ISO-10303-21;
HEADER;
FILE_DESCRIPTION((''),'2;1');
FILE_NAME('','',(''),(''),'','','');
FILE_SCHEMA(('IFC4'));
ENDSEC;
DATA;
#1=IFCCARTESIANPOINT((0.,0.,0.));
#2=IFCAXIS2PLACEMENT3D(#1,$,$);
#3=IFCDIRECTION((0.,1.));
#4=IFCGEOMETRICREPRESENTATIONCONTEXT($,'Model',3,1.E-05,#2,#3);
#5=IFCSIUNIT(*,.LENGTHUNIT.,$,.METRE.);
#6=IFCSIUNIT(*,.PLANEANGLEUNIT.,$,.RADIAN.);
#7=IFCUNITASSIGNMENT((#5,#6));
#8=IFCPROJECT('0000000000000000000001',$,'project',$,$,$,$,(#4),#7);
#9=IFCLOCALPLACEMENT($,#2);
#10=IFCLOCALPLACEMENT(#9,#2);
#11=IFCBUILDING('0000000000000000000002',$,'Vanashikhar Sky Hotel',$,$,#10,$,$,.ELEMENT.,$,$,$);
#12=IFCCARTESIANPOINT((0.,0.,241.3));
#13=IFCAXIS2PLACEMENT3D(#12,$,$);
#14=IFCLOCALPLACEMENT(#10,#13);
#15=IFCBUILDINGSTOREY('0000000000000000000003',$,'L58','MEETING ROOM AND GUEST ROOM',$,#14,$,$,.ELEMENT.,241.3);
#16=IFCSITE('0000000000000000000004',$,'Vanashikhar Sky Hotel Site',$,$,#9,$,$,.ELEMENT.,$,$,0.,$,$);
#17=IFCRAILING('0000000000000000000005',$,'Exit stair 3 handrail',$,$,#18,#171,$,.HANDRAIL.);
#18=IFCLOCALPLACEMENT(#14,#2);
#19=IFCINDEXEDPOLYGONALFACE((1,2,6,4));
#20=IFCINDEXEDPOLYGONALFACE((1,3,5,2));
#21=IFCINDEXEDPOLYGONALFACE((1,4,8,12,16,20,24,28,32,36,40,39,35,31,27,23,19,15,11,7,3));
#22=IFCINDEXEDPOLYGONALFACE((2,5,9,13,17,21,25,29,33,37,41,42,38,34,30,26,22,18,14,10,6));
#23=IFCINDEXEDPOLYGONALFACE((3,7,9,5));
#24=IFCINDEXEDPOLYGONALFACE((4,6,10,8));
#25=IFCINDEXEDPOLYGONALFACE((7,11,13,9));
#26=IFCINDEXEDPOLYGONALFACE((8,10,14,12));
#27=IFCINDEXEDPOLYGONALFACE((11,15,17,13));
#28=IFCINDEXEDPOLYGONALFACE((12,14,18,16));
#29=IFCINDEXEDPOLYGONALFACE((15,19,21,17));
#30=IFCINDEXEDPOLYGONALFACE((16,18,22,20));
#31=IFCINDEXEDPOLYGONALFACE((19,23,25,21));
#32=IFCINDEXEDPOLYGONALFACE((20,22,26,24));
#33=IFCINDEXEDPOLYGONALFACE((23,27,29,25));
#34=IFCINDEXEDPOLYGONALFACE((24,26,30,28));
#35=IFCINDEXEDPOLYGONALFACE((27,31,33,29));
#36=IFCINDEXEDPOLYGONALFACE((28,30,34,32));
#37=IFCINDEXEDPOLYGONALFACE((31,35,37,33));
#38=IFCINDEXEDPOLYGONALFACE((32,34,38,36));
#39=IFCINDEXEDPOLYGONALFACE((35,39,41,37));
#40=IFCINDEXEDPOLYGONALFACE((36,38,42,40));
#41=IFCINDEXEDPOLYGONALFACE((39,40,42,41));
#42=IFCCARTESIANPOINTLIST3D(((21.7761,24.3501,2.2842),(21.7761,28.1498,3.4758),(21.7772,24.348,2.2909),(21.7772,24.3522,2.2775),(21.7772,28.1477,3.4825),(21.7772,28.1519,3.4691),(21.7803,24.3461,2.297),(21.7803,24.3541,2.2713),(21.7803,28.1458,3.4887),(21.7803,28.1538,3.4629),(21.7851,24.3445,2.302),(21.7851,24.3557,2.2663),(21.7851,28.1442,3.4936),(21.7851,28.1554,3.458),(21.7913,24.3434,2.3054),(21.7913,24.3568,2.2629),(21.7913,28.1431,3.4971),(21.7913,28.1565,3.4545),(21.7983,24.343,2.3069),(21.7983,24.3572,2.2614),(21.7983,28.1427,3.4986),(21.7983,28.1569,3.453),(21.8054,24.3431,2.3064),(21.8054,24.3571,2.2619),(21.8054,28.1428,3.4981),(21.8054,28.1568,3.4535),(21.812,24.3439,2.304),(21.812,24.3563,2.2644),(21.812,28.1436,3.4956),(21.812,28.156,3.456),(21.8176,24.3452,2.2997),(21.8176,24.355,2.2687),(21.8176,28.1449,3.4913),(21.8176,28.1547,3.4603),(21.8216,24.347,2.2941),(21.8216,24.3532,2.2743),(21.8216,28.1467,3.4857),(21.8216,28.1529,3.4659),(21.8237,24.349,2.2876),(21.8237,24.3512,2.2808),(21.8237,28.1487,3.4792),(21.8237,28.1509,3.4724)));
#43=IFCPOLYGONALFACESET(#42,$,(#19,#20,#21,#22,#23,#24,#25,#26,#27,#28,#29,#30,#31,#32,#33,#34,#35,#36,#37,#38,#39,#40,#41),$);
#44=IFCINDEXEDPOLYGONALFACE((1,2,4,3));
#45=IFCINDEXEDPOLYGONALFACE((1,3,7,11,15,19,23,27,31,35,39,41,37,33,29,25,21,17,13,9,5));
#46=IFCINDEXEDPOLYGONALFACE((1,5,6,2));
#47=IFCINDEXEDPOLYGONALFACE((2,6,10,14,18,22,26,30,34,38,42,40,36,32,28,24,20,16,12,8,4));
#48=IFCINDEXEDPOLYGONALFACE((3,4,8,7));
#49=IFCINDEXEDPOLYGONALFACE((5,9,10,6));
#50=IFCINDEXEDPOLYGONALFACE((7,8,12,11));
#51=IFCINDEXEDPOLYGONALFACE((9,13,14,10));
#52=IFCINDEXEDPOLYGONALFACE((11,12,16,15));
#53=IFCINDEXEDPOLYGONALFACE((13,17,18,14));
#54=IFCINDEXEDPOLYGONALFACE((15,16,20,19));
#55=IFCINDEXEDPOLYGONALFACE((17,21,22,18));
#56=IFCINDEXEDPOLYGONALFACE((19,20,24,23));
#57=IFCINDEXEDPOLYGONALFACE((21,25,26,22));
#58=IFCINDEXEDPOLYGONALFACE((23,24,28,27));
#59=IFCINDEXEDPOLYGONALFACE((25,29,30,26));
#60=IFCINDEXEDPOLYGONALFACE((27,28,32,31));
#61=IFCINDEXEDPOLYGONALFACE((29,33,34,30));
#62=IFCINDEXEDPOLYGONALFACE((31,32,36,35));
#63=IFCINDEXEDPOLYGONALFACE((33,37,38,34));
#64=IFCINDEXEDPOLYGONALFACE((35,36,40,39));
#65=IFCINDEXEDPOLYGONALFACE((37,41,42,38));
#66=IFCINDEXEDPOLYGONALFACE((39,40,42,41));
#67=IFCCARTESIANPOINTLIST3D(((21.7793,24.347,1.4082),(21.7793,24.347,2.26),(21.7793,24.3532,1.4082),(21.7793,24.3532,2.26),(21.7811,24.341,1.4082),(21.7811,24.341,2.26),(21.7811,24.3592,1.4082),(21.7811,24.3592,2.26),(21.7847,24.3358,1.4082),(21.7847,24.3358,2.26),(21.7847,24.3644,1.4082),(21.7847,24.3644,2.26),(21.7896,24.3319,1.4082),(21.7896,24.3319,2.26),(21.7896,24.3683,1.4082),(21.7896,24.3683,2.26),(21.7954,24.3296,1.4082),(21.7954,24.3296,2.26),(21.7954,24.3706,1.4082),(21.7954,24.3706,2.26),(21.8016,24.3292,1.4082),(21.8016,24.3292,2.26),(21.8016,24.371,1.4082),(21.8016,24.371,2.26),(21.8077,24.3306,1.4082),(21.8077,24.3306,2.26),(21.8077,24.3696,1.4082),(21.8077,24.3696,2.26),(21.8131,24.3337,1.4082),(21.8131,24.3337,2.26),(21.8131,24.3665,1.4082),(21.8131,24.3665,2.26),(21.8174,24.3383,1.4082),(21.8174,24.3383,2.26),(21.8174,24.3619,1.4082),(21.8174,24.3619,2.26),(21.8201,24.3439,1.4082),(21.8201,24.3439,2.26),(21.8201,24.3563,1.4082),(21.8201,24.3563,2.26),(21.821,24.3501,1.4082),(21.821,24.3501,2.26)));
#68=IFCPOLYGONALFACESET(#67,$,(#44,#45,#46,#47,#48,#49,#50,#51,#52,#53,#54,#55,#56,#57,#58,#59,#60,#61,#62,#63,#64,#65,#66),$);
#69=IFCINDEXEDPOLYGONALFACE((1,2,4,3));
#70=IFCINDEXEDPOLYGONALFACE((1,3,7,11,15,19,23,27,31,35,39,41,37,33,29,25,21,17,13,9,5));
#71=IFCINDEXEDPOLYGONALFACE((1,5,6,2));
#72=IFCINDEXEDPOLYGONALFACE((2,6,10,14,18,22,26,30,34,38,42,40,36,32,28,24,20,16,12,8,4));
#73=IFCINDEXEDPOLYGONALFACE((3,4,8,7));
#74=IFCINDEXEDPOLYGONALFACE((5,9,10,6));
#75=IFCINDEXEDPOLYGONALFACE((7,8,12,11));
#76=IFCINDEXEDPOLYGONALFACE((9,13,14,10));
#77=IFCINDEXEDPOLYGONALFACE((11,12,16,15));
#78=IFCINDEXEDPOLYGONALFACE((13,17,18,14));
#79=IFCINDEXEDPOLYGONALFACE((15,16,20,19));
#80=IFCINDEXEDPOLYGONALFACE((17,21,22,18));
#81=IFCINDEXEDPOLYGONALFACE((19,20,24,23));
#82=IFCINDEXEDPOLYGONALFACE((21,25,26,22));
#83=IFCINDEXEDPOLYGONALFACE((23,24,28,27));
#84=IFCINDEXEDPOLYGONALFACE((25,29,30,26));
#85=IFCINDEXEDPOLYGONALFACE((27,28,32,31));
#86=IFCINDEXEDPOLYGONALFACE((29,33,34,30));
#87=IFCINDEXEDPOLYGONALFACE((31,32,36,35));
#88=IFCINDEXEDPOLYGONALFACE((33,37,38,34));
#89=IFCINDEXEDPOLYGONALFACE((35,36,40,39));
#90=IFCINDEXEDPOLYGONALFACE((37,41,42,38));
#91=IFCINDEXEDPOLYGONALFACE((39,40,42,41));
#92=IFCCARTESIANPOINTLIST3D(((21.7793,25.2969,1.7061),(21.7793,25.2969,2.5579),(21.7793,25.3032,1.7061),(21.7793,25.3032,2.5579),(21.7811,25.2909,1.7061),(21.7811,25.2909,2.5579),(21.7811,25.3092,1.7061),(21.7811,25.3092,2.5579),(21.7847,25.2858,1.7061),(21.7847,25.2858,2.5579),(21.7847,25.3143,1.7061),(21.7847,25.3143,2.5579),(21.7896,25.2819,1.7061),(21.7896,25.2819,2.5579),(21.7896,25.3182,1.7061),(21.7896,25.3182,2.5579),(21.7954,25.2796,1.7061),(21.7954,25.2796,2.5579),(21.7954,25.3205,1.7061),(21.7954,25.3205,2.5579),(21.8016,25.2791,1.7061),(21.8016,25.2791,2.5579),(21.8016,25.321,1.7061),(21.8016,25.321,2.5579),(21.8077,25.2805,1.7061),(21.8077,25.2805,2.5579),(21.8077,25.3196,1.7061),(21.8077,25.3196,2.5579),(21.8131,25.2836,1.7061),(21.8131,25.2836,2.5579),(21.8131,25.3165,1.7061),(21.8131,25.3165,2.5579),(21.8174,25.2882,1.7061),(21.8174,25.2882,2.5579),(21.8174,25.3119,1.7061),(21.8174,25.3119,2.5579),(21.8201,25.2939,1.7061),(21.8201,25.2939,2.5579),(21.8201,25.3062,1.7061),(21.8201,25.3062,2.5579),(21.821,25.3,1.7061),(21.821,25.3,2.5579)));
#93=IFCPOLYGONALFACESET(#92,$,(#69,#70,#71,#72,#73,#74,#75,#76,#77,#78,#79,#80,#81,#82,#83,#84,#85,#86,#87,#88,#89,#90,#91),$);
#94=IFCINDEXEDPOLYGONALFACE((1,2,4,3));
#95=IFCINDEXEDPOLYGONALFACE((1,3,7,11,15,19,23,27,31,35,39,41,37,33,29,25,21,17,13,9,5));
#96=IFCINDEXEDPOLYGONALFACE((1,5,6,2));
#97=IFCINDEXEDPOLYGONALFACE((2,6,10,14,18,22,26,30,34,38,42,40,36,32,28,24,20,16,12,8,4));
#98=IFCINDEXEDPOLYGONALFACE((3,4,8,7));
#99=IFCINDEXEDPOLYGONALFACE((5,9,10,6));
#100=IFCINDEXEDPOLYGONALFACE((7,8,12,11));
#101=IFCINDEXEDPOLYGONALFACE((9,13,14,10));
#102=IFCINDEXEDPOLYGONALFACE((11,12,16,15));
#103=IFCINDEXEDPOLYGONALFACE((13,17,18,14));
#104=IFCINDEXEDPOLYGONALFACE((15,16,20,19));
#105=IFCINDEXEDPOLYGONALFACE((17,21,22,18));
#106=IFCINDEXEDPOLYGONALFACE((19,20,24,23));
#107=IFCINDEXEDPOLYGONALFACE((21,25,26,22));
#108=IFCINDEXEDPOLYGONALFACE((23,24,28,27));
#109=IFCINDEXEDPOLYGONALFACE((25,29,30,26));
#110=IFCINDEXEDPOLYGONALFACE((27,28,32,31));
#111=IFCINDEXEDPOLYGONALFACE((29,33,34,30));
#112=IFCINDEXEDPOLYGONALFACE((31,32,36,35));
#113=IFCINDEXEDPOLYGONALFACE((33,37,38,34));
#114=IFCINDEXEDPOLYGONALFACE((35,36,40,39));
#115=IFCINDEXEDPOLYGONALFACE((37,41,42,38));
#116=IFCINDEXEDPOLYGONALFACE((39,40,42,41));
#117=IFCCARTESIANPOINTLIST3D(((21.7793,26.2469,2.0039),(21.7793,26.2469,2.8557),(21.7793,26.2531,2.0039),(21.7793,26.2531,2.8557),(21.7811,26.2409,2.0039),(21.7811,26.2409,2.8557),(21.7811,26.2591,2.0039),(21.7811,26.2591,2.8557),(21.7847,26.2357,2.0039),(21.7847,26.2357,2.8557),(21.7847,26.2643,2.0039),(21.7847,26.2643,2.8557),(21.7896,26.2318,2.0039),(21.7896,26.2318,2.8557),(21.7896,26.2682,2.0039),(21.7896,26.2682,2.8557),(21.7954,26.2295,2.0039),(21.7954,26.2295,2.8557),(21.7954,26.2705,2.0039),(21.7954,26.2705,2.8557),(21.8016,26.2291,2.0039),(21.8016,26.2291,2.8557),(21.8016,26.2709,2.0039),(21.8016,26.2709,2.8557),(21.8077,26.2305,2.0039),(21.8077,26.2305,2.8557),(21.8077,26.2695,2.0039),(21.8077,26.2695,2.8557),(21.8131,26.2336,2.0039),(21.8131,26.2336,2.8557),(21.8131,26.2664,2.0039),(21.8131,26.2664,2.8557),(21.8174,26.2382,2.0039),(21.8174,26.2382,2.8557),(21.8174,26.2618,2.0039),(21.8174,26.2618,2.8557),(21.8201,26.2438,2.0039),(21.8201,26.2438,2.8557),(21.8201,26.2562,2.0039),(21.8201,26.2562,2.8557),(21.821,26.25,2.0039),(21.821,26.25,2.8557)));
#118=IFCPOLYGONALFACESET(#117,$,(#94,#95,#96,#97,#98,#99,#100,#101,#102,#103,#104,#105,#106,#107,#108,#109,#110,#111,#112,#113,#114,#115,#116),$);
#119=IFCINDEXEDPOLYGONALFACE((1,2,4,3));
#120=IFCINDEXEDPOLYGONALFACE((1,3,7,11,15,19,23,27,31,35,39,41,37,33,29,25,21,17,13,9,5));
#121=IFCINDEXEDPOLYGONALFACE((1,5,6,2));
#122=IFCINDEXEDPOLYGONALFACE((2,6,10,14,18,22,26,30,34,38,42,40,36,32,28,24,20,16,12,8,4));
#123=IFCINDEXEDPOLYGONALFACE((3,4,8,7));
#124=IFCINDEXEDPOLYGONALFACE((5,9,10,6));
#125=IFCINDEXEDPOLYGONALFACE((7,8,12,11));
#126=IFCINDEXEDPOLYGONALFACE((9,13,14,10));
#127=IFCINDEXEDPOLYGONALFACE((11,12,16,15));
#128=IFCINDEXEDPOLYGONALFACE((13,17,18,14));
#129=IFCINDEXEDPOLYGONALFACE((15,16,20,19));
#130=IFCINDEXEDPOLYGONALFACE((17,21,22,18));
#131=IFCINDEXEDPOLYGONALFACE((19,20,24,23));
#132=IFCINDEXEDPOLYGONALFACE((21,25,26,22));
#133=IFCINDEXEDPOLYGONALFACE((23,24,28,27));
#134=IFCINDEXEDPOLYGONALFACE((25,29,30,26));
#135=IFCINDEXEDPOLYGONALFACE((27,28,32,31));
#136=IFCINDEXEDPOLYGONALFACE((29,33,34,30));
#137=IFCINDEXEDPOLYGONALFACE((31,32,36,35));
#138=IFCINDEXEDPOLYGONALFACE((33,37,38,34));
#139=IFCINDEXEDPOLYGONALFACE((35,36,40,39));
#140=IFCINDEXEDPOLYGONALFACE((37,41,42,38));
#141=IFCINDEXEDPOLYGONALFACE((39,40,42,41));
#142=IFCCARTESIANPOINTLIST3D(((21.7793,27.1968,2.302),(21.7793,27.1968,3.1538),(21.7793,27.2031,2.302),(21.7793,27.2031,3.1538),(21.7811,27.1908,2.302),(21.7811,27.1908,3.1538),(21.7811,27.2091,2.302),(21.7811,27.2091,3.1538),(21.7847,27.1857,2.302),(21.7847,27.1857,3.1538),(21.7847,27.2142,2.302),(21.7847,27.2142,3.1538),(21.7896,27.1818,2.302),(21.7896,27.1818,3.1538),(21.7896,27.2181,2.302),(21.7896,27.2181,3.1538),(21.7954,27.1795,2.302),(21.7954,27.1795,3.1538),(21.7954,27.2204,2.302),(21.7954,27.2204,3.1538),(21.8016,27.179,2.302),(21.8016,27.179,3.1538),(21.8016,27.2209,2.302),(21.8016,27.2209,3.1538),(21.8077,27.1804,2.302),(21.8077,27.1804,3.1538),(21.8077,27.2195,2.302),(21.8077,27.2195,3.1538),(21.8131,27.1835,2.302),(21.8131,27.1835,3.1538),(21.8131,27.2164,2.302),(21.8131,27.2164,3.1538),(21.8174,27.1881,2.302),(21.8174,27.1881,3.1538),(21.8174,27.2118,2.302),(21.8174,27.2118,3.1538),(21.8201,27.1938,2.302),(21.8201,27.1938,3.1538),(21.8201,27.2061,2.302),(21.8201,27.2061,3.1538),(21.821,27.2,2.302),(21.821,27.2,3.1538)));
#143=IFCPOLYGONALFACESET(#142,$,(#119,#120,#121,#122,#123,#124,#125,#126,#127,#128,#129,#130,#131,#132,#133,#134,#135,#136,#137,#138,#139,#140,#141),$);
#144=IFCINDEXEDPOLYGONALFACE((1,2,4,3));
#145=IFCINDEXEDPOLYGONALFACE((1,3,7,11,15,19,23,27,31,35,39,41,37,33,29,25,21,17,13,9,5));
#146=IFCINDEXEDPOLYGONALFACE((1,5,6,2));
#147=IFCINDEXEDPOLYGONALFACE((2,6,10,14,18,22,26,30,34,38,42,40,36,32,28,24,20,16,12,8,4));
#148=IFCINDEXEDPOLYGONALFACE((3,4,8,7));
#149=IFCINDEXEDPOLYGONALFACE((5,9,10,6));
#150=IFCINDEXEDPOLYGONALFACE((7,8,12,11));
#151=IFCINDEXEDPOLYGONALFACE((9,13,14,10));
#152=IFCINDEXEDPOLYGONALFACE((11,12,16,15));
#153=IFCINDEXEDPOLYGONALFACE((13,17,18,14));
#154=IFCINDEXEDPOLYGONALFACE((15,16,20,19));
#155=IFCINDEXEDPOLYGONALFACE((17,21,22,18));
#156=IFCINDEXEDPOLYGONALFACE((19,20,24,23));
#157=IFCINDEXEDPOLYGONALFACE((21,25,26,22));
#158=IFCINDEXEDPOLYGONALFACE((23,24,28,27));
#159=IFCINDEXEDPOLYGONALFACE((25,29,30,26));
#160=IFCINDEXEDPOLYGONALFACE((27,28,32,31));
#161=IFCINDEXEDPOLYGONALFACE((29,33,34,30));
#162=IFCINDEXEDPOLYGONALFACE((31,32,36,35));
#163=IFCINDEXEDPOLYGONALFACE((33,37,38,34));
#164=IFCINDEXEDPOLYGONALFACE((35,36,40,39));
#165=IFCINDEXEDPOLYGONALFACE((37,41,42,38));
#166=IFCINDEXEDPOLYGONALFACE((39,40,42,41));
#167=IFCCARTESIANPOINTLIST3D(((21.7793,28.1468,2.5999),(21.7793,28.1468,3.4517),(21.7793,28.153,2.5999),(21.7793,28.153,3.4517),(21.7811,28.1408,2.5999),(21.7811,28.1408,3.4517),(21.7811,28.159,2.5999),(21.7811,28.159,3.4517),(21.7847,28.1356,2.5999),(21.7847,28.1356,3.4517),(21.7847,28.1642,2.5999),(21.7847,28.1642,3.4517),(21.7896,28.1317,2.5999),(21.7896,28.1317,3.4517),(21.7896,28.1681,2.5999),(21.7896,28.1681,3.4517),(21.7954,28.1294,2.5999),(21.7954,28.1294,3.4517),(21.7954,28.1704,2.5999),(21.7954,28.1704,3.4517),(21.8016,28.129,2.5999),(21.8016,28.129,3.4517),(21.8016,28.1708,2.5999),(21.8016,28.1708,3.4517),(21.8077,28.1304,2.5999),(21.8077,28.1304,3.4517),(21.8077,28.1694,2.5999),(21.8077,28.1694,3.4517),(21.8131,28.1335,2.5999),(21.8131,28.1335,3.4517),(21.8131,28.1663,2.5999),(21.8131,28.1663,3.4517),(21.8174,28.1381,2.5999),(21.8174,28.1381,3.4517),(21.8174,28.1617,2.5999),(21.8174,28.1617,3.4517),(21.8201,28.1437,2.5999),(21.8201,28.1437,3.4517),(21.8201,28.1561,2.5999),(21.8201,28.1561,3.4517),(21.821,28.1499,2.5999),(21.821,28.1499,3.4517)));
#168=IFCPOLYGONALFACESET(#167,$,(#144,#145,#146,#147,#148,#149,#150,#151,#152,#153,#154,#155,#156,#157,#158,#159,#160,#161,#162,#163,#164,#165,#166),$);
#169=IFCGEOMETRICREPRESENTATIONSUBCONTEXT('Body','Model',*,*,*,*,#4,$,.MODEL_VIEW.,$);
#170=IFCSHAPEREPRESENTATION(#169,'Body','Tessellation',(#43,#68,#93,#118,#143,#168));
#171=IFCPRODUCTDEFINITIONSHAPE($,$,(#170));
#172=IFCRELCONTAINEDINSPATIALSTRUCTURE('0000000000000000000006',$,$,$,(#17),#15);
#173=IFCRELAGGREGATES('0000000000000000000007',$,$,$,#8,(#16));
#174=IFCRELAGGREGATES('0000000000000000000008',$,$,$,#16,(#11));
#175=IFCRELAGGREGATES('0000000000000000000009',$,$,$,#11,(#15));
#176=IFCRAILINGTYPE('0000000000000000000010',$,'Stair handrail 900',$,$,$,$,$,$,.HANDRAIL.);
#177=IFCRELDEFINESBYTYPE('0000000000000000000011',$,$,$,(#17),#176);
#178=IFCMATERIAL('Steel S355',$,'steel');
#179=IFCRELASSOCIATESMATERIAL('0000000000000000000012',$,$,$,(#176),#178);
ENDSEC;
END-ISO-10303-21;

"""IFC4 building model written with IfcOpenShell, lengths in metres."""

from ifc_helpers import new_model, si_unit, direction, frame, origin, origin_2d, place, context, subcontext, project, spatial, circle, extrude, source, transform, mapped, material, type_object, element, save


model = new_model("IFC4")

# Units and contexts
model_context = context("Model", 3, precision=1e-05, world=origin(), true_north=direction((0.0, 1.0)))
body_context = subcontext(model_context, "Body", "Model", "MODEL_VIEW")
ifc_project = project(units=[si_unit("LENGTHUNIT", "METRE"), si_unit("PLANEANGLEUNIT", "RADIAN")], contexts=[model_context])

# Site, building, storey
site_placement = place(None, origin())
site = spatial("IfcSite", under=ifc_project, at=site_placement, Name="Vanashikhar Sky Hotel Site", CompositionType="ELEMENT", RefElevation=0.0)
building_placement = place(site_placement, origin())
building = spatial("IfcBuilding", under=site, at=building_placement, Name="Vanashikhar Sky Hotel", CompositionType="ELEMENT")
storey_placement = place(building_placement, frame((0.0, 0.0, 241.3)))
storey = spatial("IfcBuildingStorey", under=building, at=storey_placement, Name="L58", Description="MEETING ROOM AND GUEST ROOM", CompositionType="ELEMENT", Elevation=241.3)

# Railing
ifc_material_1 = material(Name="Steel S355", Category="steel")
railing_type_1 = type_object("IfcRailingType", Name="Stair handrail 900", PredefinedType="HANDRAIL", material=ifc_material_1)
shared_shape_1 = source(origin(), body_context, "Body", "SweptSolid", [
    extrude(circle(Radius=0.0239, at=origin_2d()), frame((0.0, 0.0, 0.876), z_axis=(0.0, 0.954178, 0.299238), x_axis=(-1.0, 0.0, 0.0)), (0.0, 0.0, 1.0), 3.9822),
    extrude(circle(Radius=0.021, at=origin_2d()), origin(), (0.0, 0.0, 1.0), 0.8518),
    extrude(circle(Radius=0.021, at=origin_2d()), frame((0.0, 0.95, 0.2979)), (0.0, 0.0, 1.0), 0.8518),
    extrude(circle(Radius=0.021, at=origin_2d()), frame((0.0, 1.8999, 0.5957)), (0.0, 0.0, 1.0), 0.8518),
    extrude(circle(Radius=0.021, at=origin_2d()), frame((0.0, 2.8499, 0.8938)), (0.0, 0.0, 1.0), 0.8518),
    extrude(circle(Radius=0.021, at=origin_2d()), frame((0.0, 3.7998, 1.1917)), (0.0, 0.0, 1.0), 0.8518),
])
railing_1_placement = place(storey_placement, frame((21.8, 24.3501, 1.4082)))
element("IfcRailing", 1, at=railing_1_placement, inside=storey, type_object=railing_type_1, Name="Exit stair 3 handrail", PredefinedType="HANDRAIL", context=body_context, shape_type="MappedRepresentation", body=[
    mapped(shared_shape_1, transform((0.0, 0.0, 0.0), scale=1.0)),
])

save(model, "model.ifc")
